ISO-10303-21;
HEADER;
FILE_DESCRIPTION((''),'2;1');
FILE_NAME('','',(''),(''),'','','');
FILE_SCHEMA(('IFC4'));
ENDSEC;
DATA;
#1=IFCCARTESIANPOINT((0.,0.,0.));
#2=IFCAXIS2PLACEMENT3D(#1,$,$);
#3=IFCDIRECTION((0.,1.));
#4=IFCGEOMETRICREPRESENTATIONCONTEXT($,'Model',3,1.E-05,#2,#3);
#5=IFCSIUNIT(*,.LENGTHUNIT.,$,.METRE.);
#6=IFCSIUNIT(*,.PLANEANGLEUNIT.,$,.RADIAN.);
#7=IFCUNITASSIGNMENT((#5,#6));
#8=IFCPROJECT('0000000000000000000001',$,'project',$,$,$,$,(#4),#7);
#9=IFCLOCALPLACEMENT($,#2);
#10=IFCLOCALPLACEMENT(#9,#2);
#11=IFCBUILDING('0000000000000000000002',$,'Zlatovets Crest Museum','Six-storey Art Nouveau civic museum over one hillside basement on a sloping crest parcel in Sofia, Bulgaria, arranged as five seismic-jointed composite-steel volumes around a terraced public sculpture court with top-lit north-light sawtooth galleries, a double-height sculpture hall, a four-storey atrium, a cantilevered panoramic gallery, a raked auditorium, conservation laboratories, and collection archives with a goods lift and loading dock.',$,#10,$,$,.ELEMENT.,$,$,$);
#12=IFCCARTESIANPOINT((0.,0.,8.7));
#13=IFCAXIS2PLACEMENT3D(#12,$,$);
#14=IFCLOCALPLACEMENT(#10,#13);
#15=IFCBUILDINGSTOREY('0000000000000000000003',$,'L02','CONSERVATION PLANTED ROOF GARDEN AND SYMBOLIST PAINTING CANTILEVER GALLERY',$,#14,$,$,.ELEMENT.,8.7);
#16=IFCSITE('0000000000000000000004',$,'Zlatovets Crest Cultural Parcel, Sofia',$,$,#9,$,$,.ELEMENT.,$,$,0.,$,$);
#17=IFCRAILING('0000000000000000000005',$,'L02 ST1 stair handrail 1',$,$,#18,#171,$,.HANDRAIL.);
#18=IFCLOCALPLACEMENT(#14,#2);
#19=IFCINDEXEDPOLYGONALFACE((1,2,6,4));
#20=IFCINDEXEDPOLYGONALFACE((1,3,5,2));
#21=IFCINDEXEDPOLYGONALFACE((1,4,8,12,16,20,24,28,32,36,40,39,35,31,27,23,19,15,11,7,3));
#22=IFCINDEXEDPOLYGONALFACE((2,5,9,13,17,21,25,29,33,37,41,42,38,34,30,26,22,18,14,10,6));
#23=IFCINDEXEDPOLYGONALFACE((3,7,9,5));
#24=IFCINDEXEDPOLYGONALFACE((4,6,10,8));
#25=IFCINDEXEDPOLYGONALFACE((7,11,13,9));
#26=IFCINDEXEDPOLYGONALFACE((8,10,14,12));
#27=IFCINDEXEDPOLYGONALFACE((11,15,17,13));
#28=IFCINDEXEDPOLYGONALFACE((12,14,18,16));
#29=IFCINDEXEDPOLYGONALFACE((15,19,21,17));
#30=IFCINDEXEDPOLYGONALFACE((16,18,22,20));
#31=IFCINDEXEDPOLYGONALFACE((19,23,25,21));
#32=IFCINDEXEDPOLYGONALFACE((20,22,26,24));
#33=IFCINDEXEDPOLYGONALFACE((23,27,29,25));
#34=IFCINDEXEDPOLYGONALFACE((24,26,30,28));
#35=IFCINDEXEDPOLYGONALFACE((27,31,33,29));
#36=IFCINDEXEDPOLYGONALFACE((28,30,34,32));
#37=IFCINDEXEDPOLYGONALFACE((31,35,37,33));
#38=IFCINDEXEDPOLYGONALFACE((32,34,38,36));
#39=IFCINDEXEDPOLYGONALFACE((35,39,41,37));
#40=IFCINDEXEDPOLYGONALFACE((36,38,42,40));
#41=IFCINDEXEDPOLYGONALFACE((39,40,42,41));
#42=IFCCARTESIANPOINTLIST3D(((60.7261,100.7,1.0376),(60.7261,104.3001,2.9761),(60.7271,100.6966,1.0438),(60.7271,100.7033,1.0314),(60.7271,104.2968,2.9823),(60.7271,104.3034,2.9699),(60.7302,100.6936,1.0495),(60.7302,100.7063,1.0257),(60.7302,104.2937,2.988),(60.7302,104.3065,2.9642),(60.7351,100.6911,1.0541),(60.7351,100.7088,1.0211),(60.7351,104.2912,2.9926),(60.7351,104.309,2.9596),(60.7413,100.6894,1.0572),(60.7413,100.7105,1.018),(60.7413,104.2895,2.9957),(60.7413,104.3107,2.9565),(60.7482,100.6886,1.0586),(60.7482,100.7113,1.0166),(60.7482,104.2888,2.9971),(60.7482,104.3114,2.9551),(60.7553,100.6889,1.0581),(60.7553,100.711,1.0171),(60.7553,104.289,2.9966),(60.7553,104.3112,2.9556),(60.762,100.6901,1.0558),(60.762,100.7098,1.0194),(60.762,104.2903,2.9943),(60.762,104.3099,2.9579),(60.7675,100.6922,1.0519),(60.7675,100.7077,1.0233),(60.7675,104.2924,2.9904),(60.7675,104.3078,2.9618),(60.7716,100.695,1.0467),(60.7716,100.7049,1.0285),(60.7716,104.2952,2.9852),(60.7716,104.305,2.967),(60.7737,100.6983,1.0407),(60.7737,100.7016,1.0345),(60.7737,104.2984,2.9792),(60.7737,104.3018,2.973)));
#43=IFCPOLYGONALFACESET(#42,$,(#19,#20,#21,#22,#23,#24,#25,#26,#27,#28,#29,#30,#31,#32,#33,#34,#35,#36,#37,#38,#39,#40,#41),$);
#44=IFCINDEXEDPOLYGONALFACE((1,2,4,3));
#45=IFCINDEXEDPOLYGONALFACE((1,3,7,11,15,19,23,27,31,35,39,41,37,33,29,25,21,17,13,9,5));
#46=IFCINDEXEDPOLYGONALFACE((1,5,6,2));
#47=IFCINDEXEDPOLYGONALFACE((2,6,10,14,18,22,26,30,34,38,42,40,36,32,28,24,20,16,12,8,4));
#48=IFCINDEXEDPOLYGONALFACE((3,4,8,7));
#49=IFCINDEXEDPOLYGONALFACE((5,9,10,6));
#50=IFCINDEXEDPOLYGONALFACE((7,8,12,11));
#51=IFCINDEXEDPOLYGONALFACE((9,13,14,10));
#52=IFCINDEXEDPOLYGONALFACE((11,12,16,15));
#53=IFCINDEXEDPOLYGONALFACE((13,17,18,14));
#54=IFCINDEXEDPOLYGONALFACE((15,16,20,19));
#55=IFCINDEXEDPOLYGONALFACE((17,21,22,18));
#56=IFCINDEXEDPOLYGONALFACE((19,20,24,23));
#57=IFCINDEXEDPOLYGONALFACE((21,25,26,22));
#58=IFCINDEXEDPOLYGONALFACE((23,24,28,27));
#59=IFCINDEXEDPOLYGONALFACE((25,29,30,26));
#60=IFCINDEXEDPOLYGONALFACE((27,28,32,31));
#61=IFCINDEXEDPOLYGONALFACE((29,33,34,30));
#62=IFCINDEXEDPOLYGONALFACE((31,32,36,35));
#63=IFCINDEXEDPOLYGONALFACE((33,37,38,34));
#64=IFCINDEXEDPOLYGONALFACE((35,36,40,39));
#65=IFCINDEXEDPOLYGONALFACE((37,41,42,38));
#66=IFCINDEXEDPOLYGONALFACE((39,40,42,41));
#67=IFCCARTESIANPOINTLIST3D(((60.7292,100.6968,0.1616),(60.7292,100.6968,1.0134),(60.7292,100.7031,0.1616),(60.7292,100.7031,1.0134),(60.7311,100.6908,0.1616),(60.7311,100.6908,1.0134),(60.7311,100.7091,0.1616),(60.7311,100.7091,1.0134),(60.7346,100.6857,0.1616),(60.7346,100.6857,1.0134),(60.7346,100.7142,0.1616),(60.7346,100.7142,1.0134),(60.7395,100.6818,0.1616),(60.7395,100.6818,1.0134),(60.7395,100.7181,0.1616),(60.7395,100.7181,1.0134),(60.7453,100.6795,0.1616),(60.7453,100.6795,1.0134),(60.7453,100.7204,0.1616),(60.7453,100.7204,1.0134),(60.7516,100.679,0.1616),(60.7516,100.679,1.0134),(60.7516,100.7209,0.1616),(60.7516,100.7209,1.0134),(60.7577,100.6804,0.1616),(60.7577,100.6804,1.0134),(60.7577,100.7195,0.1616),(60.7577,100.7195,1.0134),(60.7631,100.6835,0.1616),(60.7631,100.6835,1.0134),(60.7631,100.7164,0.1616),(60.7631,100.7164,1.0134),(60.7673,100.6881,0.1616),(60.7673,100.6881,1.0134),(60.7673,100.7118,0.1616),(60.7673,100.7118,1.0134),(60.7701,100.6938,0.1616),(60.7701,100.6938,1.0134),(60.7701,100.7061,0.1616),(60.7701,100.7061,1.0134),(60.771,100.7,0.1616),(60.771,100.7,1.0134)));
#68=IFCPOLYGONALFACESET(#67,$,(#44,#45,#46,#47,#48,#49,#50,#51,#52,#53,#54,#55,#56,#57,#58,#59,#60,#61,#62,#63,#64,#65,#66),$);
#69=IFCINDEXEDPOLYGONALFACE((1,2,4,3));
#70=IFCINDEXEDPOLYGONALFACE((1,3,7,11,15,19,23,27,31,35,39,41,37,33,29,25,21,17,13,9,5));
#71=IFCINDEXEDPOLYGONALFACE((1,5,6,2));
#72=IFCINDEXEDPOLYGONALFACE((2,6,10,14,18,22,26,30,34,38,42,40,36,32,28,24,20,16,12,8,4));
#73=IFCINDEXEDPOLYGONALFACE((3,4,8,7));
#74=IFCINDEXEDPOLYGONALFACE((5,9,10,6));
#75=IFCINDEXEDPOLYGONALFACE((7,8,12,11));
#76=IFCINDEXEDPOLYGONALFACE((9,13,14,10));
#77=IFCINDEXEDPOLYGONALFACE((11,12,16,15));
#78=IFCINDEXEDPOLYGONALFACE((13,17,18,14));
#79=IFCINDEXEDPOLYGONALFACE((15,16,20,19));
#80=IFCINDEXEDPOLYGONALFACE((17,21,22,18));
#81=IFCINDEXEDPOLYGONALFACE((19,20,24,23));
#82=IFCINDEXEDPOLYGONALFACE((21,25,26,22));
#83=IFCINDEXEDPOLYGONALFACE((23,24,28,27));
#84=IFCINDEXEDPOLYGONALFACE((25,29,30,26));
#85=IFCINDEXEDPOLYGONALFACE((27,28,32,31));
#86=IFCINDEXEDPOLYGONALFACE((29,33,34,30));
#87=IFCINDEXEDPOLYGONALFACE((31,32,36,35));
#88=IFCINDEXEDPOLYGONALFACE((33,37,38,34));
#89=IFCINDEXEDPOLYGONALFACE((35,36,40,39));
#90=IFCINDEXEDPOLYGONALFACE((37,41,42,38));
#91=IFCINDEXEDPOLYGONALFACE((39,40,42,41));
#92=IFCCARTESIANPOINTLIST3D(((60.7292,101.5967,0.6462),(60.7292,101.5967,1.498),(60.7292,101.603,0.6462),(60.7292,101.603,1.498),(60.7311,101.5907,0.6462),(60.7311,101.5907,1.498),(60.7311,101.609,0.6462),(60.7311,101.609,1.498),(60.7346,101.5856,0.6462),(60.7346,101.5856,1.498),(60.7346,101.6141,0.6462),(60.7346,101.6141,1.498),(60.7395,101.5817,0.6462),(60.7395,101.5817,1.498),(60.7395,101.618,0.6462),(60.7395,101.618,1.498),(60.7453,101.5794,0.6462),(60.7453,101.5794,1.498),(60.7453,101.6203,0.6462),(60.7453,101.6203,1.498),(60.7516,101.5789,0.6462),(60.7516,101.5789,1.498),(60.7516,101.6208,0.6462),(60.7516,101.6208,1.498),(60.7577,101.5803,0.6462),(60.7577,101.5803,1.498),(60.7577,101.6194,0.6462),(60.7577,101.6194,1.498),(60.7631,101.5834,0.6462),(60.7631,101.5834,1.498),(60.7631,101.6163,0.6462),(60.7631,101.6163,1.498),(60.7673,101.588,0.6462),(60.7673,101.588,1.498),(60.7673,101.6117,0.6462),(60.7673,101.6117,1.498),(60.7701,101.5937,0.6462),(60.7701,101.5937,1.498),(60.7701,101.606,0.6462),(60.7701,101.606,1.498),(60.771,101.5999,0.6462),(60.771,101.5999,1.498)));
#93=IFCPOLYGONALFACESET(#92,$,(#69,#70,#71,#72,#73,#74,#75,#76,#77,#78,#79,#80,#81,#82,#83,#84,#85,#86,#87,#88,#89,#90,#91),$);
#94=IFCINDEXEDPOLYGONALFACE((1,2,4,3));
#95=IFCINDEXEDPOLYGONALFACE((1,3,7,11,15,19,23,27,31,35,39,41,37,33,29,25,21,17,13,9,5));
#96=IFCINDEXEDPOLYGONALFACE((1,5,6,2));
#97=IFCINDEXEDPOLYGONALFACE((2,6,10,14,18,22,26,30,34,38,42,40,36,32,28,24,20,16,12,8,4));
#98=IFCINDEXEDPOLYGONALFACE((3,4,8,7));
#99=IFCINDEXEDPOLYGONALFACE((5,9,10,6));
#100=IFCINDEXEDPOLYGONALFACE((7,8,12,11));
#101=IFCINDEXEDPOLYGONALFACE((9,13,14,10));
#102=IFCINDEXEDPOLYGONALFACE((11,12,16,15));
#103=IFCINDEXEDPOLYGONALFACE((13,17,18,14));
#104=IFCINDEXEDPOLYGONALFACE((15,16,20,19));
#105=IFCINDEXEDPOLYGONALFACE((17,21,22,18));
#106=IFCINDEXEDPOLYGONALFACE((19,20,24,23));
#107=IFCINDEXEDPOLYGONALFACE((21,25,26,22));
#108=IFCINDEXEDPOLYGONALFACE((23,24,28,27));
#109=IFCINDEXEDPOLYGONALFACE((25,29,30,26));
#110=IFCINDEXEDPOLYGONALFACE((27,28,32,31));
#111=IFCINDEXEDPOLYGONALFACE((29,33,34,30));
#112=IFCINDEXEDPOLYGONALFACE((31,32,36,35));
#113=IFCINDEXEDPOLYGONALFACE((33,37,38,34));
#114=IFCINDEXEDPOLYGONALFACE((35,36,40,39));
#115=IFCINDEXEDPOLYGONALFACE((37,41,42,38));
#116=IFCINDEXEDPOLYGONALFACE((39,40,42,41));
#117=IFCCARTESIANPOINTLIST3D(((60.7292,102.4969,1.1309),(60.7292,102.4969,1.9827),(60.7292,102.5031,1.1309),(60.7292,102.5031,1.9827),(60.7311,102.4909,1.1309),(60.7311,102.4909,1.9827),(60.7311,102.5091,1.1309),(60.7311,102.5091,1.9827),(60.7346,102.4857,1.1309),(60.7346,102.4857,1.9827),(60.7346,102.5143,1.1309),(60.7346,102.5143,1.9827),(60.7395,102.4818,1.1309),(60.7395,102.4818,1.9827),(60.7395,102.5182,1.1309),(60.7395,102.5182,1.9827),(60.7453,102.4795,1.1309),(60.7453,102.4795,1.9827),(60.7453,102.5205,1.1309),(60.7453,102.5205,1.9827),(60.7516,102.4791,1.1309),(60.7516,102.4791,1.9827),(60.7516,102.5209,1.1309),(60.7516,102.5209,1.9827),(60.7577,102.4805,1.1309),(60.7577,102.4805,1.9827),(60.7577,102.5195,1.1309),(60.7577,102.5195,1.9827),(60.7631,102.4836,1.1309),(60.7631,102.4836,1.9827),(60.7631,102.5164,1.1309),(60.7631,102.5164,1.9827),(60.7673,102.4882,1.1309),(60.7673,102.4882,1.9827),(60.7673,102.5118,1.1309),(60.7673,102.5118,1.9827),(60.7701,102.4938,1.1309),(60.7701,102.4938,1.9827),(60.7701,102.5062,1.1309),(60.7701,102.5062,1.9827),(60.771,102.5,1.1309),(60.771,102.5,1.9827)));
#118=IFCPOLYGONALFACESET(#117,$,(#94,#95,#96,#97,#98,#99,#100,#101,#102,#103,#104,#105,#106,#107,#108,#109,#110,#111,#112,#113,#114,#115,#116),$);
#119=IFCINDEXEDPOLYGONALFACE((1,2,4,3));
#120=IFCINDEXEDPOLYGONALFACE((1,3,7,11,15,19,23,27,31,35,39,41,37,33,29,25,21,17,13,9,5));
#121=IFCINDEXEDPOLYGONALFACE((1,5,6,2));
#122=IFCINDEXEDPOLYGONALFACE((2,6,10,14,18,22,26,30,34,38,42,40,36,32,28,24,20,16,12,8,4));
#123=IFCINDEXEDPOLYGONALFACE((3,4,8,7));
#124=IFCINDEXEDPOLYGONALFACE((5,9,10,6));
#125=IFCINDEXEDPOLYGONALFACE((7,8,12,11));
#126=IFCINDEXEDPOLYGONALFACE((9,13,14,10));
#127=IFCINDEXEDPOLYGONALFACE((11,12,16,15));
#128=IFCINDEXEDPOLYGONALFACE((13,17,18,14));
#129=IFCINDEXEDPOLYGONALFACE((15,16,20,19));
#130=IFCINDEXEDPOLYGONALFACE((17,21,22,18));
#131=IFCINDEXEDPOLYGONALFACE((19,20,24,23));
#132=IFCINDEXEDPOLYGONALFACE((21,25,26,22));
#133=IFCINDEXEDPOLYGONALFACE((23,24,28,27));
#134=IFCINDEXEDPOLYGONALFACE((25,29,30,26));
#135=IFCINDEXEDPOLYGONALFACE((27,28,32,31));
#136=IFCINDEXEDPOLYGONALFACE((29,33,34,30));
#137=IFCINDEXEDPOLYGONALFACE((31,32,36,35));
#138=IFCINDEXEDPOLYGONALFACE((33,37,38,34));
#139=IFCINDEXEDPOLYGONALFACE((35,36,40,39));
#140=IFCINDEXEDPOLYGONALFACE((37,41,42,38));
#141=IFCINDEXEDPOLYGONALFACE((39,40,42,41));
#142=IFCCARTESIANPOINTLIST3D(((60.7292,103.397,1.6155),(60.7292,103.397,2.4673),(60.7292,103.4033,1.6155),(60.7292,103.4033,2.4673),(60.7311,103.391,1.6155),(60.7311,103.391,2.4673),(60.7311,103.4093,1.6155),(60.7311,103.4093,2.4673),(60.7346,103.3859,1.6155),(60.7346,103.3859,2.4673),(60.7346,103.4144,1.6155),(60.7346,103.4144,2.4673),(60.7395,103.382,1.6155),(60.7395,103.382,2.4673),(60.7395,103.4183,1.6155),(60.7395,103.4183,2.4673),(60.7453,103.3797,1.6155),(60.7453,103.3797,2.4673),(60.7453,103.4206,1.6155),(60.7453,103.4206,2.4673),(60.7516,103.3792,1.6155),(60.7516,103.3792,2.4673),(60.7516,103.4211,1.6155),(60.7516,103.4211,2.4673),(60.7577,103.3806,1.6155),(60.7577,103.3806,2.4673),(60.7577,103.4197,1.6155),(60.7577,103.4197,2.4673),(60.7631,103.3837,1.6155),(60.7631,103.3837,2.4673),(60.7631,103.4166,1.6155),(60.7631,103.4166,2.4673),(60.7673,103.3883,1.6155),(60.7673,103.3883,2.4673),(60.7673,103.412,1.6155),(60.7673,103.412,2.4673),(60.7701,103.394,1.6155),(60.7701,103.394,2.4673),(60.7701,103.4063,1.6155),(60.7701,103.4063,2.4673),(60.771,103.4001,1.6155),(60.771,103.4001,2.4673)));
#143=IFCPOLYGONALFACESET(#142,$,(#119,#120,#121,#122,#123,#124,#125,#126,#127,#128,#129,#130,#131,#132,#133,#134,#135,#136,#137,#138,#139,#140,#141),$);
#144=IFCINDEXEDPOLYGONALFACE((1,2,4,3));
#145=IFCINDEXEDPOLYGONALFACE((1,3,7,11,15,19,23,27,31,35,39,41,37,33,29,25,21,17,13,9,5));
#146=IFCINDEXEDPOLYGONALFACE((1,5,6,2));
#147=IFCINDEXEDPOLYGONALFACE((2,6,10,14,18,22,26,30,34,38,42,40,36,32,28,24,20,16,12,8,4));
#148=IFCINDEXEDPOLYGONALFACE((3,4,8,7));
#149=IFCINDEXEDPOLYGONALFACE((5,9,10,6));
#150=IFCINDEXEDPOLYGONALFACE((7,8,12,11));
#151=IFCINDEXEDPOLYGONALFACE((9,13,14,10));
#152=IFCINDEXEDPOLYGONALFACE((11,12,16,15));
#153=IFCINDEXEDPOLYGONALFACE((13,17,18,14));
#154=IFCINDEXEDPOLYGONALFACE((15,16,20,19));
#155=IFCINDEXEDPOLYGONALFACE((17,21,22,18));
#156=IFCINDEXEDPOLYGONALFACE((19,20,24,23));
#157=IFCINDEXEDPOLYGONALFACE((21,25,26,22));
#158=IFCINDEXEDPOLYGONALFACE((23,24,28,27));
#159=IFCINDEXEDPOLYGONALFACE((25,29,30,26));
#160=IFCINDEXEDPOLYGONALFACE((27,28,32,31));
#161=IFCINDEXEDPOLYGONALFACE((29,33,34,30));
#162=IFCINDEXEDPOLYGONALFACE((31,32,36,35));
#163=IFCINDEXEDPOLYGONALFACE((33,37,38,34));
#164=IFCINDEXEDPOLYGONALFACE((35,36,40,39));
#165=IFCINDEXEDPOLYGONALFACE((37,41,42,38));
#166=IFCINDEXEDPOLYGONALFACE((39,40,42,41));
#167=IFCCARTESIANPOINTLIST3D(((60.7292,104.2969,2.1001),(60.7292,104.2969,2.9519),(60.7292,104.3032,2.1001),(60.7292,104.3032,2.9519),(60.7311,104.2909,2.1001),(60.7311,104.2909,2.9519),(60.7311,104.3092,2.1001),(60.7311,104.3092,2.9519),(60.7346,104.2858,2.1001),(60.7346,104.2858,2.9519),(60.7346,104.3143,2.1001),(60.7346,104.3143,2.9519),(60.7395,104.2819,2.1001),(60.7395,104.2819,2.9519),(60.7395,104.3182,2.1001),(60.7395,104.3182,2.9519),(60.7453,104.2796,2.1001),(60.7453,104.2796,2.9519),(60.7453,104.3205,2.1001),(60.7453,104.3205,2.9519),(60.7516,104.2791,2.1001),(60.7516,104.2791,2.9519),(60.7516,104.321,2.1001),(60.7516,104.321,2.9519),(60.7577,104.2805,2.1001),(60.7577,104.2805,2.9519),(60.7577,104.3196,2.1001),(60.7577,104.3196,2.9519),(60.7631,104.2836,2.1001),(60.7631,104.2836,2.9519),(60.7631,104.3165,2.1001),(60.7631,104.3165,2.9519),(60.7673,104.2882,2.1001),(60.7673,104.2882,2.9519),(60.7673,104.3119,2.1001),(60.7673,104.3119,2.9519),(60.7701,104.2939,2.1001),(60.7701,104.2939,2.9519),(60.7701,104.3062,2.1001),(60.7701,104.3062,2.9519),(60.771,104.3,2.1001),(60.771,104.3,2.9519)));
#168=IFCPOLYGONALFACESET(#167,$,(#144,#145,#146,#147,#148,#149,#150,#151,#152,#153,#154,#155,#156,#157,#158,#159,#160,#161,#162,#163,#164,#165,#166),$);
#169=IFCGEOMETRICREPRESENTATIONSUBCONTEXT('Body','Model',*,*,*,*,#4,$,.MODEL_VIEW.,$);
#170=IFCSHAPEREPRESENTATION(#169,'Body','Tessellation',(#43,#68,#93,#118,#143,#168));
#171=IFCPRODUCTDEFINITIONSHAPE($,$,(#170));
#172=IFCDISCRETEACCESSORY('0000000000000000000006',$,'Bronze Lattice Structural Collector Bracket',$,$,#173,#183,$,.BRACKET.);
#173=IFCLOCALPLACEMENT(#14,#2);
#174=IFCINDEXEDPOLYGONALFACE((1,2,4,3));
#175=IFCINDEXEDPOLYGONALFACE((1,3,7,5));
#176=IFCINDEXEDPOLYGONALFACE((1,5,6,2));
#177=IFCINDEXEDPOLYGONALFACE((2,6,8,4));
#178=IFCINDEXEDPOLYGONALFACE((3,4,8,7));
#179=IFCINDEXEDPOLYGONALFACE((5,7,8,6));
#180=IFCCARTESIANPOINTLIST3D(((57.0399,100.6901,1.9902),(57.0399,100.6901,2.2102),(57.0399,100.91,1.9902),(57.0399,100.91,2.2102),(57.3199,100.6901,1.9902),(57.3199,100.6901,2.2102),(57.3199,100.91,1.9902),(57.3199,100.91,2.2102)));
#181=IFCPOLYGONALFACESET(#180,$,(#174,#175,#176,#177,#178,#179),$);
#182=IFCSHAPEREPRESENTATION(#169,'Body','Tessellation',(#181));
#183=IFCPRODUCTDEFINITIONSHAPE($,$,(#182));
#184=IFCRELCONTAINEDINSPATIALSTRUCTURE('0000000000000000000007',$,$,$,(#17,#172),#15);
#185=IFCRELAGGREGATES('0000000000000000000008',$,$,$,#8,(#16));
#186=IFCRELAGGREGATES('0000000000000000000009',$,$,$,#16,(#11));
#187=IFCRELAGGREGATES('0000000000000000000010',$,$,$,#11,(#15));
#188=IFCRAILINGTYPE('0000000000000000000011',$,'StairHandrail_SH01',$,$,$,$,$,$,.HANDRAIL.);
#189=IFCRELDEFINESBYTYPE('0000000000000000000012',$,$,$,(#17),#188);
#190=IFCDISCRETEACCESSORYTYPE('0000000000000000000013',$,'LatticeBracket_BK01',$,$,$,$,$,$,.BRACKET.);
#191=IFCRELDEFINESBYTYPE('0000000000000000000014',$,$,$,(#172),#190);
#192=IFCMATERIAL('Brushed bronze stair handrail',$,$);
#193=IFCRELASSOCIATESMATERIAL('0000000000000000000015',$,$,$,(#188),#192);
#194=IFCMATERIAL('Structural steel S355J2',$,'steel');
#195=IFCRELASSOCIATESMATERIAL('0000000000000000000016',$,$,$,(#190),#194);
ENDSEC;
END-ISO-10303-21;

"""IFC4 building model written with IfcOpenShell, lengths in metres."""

from ifc_helpers import new_model, si_unit, direction, frame, origin, origin_2d, place, context, subcontext, project, spatial, rectangle, circle, extrude, material, type_object, element, save


model = new_model("IFC4")

# Units and contexts
model_context = context("Model", 3, precision=1e-05, world=origin(), true_north=direction((0.0, 1.0)))
body_context = subcontext(model_context, "Body", "Model", "MODEL_VIEW")
ifc_project = project(units=[si_unit("LENGTHUNIT", "METRE"), si_unit("PLANEANGLEUNIT", "RADIAN")], contexts=[model_context])

# Site, building, storey
site_placement = place(None, origin())
site = spatial("IfcSite", under=ifc_project, at=site_placement, Name="Zlatovets Crest Cultural Parcel, Sofia", CompositionType="ELEMENT", RefElevation=0.0)
building_placement = place(site_placement, origin())
building = spatial("IfcBuilding", under=site, at=building_placement, Name="Zlatovets Crest Museum", Description="Six-storey Art Nouveau civic museum over one hillside basement on a sloping crest parcel in Sofia, Bulgaria, arranged as five seismic-jointed composite-steel volumes around a terraced public sculpture court with top-lit north-light sawtooth galleries, a double-height sculpture hall, a four-storey atrium, a cantilevered panoramic gallery, a raked auditorium, conservation laboratories, and collection archives with a goods lift and loading dock.", CompositionType="ELEMENT")
storey_placement = place(building_placement, frame((0.0, 0.0, 8.7)))
storey = spatial("IfcBuildingStorey", under=building, at=storey_placement, Name="L02", Description="CONSERVATION PLANTED ROOF GARDEN AND SYMBOLIST PAINTING CANTILEVER GALLERY", CompositionType="ELEMENT", Elevation=8.7)

# Shared definitions
ifc_material_1 = material(Name="Structural steel S355J2", Category="steel")

# Railing
ifc_material_2 = material(Name="Brushed bronze stair handrail")
railing_type_1 = type_object("IfcRailingType", Name="StairHandrail_SH01", PredefinedType="HANDRAIL", material=ifc_material_2)
railing_1_placement = place(storey_placement, frame((60.75, 100.7, 0.1616)))
element("IfcRailing", 1, at=railing_1_placement, inside=storey, type_object=railing_type_1, Name="L02 ST1 stair handrail 1", PredefinedType="HANDRAIL", context=body_context, shape_type="SweptSolid", body=[
    extrude(circle(Radius=0.0239, at=origin_2d()), frame((0.0, 0.0, 0.876), z_axis=(0.0, 0.880475, 0.474093), x_axis=(-1.0, 0.0, 0.0)), (0.0, 0.0, 1.0), 4.0889),
    extrude(circle(Radius=0.021, at=origin_2d()), origin(), (0.0, 0.0, 1.0), 0.8518),
    extrude(circle(Radius=0.021, at=origin_2d()), frame((0.0, 0.8999, 0.4846)), (0.0, 0.0, 1.0), 0.8518),
    extrude(circle(Radius=0.021, at=origin_2d()), frame((0.0, 1.8, 0.9692)), (0.0, 0.0, 1.0), 0.8518),
    extrude(circle(Radius=0.021, at=origin_2d()), frame((0.0, 2.7002, 1.4539)), (0.0, 0.0, 1.0), 0.8518),
    extrude(circle(Radius=0.021, at=origin_2d()), frame((0.0, 3.6001, 1.9385)), (0.0, 0.0, 1.0), 0.8518),
])

# Discrete accessory
discrete_accessory_type = type_object("IfcDiscreteAccessoryType", Name="LatticeBracket_BK01", PredefinedType="BRACKET", material=ifc_material_1)
discrete_accessory_placement = place(storey_placement, frame((57.1799, 100.8, 1.9902), z_axis=(0.0, 0.0, 1.0), x_axis=(1.0, 0.0, 0.0)))
element("IfcDiscreteAccessory", 2, at=discrete_accessory_placement, inside=storey, type_object=discrete_accessory_type, Name="Bronze Lattice Structural Collector Bracket", PredefinedType="BRACKET", context=body_context, shape_type="SweptSolid", body=[
    extrude(rectangle(XDim=0.28, YDim=0.22, at=origin_2d()), origin(), (0.0, 0.0, 1.0), 0.22),
])

save(model, "model.ifc")
